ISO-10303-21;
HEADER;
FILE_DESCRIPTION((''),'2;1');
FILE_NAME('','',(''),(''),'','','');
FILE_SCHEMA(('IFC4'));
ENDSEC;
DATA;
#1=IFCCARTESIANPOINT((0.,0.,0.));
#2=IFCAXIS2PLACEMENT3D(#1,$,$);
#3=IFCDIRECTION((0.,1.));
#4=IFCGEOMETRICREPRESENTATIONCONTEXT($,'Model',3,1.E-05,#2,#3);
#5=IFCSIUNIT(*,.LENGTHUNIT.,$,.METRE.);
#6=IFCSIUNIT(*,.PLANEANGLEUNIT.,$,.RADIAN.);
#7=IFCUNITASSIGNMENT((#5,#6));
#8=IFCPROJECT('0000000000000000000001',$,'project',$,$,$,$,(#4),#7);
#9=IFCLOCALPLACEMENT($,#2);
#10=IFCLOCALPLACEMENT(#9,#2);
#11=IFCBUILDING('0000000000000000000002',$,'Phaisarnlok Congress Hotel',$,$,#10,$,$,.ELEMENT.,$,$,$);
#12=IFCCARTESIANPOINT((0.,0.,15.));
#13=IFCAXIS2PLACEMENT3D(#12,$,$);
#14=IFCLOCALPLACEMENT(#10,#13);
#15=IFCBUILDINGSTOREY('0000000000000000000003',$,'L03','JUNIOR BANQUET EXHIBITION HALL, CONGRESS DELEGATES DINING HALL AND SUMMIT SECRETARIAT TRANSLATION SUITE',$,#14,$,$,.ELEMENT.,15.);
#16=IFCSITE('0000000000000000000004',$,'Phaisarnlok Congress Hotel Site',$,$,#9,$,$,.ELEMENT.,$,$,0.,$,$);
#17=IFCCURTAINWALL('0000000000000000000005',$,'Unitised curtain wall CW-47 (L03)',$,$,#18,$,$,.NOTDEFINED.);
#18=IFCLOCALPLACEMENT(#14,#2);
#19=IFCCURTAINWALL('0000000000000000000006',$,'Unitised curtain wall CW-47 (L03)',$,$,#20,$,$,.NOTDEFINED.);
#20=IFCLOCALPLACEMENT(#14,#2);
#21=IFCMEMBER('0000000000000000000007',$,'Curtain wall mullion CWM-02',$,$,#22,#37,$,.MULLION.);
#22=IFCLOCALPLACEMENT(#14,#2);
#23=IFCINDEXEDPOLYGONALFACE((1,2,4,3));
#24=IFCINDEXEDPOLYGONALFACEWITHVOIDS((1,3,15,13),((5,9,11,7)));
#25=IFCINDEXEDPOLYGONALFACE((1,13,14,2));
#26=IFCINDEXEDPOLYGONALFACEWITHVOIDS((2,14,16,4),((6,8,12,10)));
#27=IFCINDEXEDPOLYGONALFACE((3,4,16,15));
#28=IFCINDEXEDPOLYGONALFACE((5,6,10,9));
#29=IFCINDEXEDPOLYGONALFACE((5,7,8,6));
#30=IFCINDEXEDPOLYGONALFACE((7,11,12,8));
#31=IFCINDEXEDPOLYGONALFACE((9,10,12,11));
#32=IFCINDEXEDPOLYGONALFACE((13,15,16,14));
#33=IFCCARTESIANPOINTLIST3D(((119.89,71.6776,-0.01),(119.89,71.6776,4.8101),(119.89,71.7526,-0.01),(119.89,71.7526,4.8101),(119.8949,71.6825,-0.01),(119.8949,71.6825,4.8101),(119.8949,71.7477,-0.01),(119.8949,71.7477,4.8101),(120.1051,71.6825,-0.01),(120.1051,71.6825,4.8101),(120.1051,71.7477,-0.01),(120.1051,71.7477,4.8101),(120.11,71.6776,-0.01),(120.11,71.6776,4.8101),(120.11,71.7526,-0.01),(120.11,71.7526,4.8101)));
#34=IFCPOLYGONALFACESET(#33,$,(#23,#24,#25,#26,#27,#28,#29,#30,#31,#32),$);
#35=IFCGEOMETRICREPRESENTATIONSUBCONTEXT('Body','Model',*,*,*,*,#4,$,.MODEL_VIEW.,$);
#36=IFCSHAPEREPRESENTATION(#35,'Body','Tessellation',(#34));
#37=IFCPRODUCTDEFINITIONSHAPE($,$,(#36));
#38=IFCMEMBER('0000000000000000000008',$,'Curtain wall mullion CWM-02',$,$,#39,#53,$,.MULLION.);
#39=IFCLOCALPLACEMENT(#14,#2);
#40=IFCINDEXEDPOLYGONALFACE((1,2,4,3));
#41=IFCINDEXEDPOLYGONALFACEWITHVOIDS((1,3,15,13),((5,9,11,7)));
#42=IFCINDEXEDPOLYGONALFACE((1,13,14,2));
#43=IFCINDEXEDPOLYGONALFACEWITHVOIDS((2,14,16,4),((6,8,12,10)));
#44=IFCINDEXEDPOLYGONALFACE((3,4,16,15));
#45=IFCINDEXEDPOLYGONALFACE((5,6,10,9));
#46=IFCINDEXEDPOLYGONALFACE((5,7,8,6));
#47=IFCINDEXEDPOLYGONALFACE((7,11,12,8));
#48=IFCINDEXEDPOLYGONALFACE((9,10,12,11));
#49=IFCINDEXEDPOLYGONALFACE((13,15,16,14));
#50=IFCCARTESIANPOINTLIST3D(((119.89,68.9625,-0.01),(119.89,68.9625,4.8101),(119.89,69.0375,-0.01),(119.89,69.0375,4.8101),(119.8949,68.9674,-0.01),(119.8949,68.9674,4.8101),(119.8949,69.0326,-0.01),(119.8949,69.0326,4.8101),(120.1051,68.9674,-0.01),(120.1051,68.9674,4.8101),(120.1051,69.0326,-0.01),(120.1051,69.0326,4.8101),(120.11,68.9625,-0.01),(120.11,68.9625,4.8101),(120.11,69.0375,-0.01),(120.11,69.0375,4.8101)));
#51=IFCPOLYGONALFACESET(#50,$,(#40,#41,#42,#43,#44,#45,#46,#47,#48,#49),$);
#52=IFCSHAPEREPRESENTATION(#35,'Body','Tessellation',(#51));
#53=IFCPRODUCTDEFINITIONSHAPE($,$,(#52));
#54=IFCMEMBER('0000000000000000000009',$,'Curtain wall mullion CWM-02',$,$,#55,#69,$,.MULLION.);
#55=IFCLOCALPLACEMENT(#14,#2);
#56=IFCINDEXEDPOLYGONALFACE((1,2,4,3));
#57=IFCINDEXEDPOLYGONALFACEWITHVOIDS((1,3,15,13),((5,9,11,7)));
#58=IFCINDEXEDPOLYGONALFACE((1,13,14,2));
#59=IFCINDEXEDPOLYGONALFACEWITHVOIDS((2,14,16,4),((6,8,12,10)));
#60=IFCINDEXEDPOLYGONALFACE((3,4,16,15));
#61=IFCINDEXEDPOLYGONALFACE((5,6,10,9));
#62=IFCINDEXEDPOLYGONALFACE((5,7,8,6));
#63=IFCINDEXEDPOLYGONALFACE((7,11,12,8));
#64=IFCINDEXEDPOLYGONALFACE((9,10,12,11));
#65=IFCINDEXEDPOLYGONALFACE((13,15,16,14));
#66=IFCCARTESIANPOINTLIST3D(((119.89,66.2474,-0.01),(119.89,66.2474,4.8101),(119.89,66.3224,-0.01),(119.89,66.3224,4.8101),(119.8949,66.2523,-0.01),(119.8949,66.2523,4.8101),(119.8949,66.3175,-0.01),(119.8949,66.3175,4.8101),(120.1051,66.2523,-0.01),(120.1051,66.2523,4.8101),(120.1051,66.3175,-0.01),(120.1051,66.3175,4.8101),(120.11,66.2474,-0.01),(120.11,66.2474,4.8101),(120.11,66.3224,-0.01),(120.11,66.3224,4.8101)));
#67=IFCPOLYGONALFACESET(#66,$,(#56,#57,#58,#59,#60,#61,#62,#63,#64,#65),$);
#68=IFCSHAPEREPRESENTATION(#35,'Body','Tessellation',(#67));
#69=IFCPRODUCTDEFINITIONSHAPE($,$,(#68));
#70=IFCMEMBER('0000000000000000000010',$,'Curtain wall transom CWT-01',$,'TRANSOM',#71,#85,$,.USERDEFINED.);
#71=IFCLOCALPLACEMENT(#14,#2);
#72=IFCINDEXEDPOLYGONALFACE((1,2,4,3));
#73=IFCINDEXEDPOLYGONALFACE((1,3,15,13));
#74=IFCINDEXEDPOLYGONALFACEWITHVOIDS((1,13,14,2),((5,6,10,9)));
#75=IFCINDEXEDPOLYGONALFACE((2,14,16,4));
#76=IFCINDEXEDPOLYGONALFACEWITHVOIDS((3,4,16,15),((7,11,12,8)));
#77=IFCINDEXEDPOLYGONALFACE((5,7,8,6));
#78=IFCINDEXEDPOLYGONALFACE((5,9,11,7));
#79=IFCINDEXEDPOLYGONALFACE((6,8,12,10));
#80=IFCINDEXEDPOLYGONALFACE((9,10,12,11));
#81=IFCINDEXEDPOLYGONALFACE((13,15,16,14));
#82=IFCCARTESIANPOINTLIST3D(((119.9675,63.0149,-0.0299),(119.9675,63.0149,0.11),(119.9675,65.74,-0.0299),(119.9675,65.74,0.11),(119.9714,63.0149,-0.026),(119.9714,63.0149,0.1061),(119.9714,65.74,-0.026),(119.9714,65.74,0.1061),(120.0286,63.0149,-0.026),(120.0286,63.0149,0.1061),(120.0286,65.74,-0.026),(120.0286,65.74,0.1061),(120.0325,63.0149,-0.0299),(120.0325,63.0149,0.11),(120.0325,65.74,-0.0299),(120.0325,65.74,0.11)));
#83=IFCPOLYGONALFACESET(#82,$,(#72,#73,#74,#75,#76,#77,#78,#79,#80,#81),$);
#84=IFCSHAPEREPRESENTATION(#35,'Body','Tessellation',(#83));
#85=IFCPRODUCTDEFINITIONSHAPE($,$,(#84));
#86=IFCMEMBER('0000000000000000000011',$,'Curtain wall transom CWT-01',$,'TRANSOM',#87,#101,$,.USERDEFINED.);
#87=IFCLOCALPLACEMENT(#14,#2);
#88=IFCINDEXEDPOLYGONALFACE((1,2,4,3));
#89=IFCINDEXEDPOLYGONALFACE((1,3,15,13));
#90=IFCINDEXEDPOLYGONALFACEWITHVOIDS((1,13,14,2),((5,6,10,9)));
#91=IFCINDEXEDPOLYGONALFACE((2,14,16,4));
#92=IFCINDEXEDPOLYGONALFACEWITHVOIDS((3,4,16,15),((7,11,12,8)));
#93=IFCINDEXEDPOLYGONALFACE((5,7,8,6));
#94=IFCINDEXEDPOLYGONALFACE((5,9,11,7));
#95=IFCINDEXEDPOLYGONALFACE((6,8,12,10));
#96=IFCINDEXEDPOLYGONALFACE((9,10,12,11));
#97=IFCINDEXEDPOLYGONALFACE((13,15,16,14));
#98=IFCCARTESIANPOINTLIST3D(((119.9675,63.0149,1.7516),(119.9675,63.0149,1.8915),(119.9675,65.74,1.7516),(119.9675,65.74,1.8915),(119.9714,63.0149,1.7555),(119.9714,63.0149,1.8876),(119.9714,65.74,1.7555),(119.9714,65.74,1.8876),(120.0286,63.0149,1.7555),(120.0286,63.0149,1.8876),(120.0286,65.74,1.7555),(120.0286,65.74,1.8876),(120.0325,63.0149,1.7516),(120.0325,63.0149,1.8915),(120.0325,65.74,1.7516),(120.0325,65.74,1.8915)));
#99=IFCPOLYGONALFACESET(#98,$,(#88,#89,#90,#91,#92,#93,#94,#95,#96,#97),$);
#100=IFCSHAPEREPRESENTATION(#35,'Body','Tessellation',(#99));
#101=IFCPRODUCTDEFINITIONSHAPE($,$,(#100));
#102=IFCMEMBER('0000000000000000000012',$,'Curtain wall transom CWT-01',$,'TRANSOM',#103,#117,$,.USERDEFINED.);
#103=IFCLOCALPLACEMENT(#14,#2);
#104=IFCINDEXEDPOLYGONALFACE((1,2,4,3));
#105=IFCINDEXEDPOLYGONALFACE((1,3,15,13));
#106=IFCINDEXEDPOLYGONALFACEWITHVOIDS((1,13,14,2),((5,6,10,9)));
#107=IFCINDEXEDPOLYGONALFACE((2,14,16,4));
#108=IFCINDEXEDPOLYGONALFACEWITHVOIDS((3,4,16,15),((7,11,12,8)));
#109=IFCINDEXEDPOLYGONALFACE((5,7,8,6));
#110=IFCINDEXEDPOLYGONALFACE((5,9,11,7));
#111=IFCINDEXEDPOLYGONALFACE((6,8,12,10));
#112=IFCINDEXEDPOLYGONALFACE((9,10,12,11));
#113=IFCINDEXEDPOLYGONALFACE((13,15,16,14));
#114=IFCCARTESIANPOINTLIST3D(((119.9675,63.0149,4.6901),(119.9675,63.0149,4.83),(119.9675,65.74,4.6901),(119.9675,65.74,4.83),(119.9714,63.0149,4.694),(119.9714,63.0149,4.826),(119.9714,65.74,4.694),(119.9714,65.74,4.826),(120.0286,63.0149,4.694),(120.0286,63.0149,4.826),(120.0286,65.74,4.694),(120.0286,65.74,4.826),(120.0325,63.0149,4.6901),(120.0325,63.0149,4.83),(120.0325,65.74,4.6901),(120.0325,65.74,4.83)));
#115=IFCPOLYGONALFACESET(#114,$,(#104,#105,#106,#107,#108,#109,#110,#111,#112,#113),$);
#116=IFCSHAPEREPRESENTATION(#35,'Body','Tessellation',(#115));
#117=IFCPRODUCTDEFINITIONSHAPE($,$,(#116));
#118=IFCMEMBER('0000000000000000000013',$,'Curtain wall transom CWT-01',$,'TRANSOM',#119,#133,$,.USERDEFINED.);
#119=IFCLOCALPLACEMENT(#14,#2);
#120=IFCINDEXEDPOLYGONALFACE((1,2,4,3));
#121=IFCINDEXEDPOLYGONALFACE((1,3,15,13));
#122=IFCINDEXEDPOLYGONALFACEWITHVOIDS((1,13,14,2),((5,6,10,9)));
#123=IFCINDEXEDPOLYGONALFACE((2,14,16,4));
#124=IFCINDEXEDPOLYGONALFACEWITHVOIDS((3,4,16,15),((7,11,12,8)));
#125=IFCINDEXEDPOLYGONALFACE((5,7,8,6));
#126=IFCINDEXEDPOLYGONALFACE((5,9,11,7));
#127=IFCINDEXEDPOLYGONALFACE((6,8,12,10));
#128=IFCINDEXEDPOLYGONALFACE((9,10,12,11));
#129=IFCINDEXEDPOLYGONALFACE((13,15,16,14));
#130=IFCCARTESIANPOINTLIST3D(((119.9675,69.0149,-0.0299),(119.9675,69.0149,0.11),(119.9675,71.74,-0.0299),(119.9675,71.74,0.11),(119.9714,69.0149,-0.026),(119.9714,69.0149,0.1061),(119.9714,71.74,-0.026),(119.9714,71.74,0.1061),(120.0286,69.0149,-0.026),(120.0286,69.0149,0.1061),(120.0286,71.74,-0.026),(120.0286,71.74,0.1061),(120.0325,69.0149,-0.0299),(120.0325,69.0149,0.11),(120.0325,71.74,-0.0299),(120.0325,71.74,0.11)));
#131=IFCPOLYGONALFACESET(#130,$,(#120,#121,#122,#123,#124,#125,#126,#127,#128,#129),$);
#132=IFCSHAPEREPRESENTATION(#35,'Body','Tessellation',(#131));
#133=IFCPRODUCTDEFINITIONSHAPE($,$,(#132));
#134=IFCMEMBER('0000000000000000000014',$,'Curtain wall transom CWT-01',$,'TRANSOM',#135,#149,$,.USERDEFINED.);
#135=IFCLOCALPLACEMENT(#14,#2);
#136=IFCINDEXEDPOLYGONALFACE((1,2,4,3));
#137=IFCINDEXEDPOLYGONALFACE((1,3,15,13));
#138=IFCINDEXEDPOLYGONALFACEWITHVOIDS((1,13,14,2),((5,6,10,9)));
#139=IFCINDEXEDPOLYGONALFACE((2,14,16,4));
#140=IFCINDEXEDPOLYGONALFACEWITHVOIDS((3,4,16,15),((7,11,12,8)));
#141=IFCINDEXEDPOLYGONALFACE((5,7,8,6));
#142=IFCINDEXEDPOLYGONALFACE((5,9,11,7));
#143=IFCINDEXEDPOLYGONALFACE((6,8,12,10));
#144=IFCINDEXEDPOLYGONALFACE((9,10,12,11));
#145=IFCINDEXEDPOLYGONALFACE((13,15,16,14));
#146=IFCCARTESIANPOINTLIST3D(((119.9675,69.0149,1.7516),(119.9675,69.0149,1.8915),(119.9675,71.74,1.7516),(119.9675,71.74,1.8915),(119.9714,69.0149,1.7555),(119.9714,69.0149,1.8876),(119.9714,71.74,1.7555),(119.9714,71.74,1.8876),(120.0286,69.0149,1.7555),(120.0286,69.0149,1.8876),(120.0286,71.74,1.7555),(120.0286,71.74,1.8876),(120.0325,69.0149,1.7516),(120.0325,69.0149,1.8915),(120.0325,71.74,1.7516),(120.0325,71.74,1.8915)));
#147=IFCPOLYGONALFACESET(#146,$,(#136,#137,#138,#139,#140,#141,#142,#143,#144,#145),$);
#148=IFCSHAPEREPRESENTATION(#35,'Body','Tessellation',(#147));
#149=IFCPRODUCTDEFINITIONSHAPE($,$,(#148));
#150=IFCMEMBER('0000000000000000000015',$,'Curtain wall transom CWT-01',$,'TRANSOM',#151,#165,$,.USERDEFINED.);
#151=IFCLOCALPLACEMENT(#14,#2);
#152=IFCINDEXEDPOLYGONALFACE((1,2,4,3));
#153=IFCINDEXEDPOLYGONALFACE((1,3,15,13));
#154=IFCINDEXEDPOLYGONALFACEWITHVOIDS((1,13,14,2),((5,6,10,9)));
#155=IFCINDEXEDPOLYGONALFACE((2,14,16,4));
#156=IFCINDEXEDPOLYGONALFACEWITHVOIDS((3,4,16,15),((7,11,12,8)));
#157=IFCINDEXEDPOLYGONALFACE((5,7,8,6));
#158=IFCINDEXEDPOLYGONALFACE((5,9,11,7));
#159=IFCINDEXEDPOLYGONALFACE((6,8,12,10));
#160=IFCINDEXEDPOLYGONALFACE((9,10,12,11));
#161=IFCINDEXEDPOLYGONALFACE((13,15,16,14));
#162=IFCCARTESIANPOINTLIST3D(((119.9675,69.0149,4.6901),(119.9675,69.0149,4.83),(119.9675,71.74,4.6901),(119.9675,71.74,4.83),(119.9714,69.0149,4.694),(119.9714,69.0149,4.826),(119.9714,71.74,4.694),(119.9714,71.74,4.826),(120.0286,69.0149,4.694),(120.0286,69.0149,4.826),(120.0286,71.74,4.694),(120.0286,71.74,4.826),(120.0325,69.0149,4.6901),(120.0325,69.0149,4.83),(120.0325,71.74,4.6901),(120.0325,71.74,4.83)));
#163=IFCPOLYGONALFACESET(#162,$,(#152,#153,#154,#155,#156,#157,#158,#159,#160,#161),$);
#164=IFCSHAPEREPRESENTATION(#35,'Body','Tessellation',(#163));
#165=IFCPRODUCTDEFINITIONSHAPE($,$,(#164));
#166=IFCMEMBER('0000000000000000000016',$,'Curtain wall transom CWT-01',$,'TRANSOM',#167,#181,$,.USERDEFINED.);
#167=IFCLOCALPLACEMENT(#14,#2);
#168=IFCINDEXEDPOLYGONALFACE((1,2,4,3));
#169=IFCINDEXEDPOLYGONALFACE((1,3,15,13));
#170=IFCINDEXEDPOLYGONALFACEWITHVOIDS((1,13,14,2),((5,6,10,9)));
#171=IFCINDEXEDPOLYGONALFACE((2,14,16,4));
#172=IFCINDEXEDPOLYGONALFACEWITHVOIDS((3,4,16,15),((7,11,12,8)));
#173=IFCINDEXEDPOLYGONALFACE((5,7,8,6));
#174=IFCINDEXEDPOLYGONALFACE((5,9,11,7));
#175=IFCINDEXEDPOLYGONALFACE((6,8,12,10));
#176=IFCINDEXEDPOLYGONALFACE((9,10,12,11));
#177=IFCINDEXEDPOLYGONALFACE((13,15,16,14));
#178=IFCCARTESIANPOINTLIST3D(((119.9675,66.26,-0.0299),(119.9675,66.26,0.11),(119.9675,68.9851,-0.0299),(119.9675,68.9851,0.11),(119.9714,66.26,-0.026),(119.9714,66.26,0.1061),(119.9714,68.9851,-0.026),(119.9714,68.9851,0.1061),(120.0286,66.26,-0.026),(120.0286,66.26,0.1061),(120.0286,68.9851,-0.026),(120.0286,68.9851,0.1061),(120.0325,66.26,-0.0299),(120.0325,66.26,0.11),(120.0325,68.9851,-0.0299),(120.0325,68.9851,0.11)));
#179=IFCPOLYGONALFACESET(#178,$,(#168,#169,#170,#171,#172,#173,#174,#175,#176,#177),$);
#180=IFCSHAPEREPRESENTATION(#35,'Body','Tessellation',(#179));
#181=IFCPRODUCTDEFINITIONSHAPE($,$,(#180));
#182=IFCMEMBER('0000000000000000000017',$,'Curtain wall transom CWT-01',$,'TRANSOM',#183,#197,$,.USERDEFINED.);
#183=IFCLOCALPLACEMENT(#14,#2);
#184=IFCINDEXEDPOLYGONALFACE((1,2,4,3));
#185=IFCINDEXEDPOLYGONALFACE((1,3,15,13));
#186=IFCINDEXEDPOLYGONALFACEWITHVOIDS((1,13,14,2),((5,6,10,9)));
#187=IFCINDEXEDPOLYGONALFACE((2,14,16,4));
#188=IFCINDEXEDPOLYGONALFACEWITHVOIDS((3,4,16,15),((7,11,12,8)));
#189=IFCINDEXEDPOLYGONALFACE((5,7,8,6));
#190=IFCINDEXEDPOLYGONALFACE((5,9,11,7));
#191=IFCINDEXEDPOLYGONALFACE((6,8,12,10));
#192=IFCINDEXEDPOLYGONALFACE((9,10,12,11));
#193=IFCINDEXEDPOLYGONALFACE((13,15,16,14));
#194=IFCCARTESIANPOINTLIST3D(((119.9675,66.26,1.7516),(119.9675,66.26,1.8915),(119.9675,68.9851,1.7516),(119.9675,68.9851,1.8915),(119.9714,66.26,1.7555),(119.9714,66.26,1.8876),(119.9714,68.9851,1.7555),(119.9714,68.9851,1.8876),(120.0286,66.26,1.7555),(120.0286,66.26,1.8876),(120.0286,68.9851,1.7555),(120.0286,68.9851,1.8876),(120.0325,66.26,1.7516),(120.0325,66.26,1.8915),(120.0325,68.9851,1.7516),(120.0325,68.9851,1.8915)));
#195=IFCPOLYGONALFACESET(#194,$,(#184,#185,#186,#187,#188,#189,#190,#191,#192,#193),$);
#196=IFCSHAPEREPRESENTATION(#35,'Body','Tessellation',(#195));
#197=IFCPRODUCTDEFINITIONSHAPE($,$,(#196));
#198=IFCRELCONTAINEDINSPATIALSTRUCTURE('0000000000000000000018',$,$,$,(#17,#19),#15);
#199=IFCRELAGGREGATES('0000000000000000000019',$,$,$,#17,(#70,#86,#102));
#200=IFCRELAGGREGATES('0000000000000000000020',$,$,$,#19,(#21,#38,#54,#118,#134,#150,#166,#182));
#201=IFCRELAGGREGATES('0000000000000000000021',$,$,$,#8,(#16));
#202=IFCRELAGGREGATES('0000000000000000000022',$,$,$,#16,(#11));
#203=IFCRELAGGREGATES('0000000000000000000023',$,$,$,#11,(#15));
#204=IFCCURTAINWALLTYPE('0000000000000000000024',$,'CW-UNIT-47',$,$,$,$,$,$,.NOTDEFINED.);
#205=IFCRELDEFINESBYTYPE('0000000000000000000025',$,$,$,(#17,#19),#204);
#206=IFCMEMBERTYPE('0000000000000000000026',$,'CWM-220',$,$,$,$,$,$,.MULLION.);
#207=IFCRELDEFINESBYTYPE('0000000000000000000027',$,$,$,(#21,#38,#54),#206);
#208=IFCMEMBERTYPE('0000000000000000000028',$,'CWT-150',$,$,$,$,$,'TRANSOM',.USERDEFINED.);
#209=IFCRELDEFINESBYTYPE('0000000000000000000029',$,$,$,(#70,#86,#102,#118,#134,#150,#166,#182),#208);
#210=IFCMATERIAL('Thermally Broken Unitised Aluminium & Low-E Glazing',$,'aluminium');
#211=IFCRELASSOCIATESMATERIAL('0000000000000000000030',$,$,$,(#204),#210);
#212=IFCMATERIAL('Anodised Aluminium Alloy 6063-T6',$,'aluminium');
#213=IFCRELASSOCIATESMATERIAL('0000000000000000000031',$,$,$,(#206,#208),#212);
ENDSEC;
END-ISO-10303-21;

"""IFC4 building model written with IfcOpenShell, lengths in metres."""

from ifc_helpers import new_model, si_unit, direction, frame, origin, origin_2d, place, context, subcontext, project, spatial, hollow_rectangle, extrude, material, material_profile, profile_set, type_object, element, aggregate, save


model = new_model("IFC4")

# Units and contexts
model_context = context("Model", 3, precision=1e-05, world=origin(), true_north=direction((0.0, 1.0)))
body_context = subcontext(model_context, "Body", "Model", "MODEL_VIEW")
ifc_project = project(units=[si_unit("LENGTHUNIT", "METRE"), si_unit("PLANEANGLEUNIT", "RADIAN")], contexts=[model_context])

# Site, building, storey
site_placement = place(None, origin())
site = spatial("IfcSite", under=ifc_project, at=site_placement, Name="Phaisarnlok Congress Hotel Site", CompositionType="ELEMENT", RefElevation=0.0)
building_placement = place(site_placement, origin())
building = spatial("IfcBuilding", under=site, at=building_placement, Name="Phaisarnlok Congress Hotel", CompositionType="ELEMENT")
storey_placement = place(building_placement, frame((0.0, 0.0, 15.0)))
storey = spatial("IfcBuildingStorey", under=building, at=storey_placement, Name="L03", Description="JUNIOR BANQUET EXHIBITION HALL, CONGRESS DELEGATES DINING HALL AND SUMMIT SECRETARIAT TRANSLATION SUITE", CompositionType="ELEMENT", Elevation=15.0)

# Curtain wall
ifc_material_1 = material(Name="Thermally Broken Unitised Aluminium & Low-E Glazing", Category="aluminium")
curtain_wall_type = type_object("IfcCurtainWallType", Name="CW-UNIT-47", PredefinedType="NOTDEFINED", material=ifc_material_1)
curtain_wall_1_placement = place(storey_placement, origin())
curtain_wall_1 = element("IfcCurtainWall", 1, at=curtain_wall_1_placement, inside=storey, type_object=curtain_wall_type, Name="Unitised curtain wall CW-47 (L03)", PredefinedType="NOTDEFINED")
ifc_material_2 = material(Name="Anodised Aluminium Alloy 6063-T6", Category="aluminium")
ifc_material_profile_1 = material_profile(ifc_material_2, hollow_rectangle(XDim=0.075, YDim=0.22, WallThickness=0.0049, at=origin_2d()), Name="ALU-M 75x220x5")
ifc_profile_set_1 = profile_set([ifc_material_profile_1], Name="Anodised Aluminium Alloy 6063-T6")
member_type_1 = type_object("IfcMemberType", Name="CWM-220", PredefinedType="MULLION", material=ifc_profile_set_1)

# Curtain wall, members
curtain_wall_2_placement = place(storey_placement, origin())
curtain_wall_2 = element("IfcCurtainWall", 2, at=curtain_wall_2_placement, inside=storey, type_object=curtain_wall_type, Name="Unitised curtain wall CW-47 (L03)", PredefinedType="NOTDEFINED")
member_1_placement = place(storey_placement, frame((120.0, 71.7151, -0.01), z_axis=(0.0, 0.0, 1.0), x_axis=(0.0, -1.0, 0.0)))
member_1 = element("IfcMember", 3, at=member_1_placement, type_object=member_type_1, Name="Curtain wall mullion CWM-02", PredefinedType="MULLION", context=body_context, shape_type="SweptSolid", body=[
    extrude(hollow_rectangle(XDim=0.075, YDim=0.22, WallThickness=0.0049, at=origin_2d()), origin(), (0.0, 0.0, 1.0), 4.8201),
])
member_2_placement = place(storey_placement, frame((120.0, 69.0, -0.01), z_axis=(0.0, 0.0, 1.0), x_axis=(0.0, -1.0, 0.0)))
member_2 = element("IfcMember", 4, at=member_2_placement, type_object=member_type_1, Name="Curtain wall mullion CWM-02", PredefinedType="MULLION", context=body_context, shape_type="SweptSolid", body=[
    extrude(hollow_rectangle(XDim=0.075, YDim=0.22, WallThickness=0.0049, at=origin_2d()), origin(), (0.0, 0.0, 1.0), 4.8201),
])
member_3_placement = place(storey_placement, frame((120.0, 66.2849, -0.01), z_axis=(0.0, 0.0, 1.0), x_axis=(0.0, -1.0, 0.0)))
member_3 = element("IfcMember", 5, at=member_3_placement, type_object=member_type_1, Name="Curtain wall mullion CWM-02", PredefinedType="MULLION", context=body_context, shape_type="SweptSolid", body=[
    extrude(hollow_rectangle(XDim=0.075, YDim=0.22, WallThickness=0.0049, at=origin_2d()), origin(), (0.0, 0.0, 1.0), 4.8201),
])

# Members
ifc_material_profile_2 = material_profile(ifc_material_2, hollow_rectangle(XDim=0.0649, YDim=0.1399, WallThickness=0.0039, at=origin_2d()), Name="ALU-T 65x140x4")
ifc_profile_set_2 = profile_set([ifc_material_profile_2], Name="Anodised Aluminium Alloy 6063-T6")
member_type_2 = type_object("IfcMemberType", Name="CWT-150", ElementType="TRANSOM", PredefinedType="USERDEFINED", material=ifc_profile_set_2)
member_4_placement = place(storey_placement, frame((120.0, 65.74, 0.04), z_axis=(0.0, -1.0, 0.0), x_axis=(1.0, 0.0, 0.0)))
member_4 = element("IfcMember", 6, at=member_4_placement, type_object=member_type_2, Name="Curtain wall transom CWT-01", ObjectType="TRANSOM", PredefinedType="USERDEFINED", context=body_context, shape_type="SweptSolid", body=[
    extrude(hollow_rectangle(XDim=0.0649, YDim=0.1399, WallThickness=0.0039, at=origin_2d()), origin(), (0.0, 0.0, 1.0), 2.7251),
])
member_5_placement = place(storey_placement, frame((120.0, 65.74, 1.8215), z_axis=(0.0, -1.0, 0.0), x_axis=(1.0, 0.0, 0.0)))
member_5 = element("IfcMember", 7, at=member_5_placement, type_object=member_type_2, Name="Curtain wall transom CWT-01", ObjectType="TRANSOM", PredefinedType="USERDEFINED", context=body_context, shape_type="SweptSolid", body=[
    extrude(hollow_rectangle(XDim=0.0649, YDim=0.1399, WallThickness=0.0039, at=origin_2d()), origin(), (0.0, 0.0, 1.0), 2.7251),
])
member_6_placement = place(storey_placement, frame((120.0, 65.74, 4.76), z_axis=(0.0, -1.0, 0.0), x_axis=(1.0, 0.0, 0.0)))
member_6 = element("IfcMember", 8, at=member_6_placement, type_object=member_type_2, Name="Curtain wall transom CWT-01", ObjectType="TRANSOM", PredefinedType="USERDEFINED", context=body_context, shape_type="SweptSolid", body=[
    extrude(hollow_rectangle(XDim=0.0649, YDim=0.1399, WallThickness=0.0039, at=origin_2d()), origin(), (0.0, 0.0, 1.0), 2.7251),
])
member_7_placement = place(storey_placement, frame((120.0, 71.74, 0.04), z_axis=(0.0, -1.0, 0.0), x_axis=(1.0, 0.0, 0.0)))
member_7 = element("IfcMember", 9, at=member_7_placement, type_object=member_type_2, Name="Curtain wall transom CWT-01", ObjectType="TRANSOM", PredefinedType="USERDEFINED", context=body_context, shape_type="SweptSolid", body=[
    extrude(hollow_rectangle(XDim=0.0649, YDim=0.1399, WallThickness=0.0039, at=origin_2d()), origin(), (0.0, 0.0, 1.0), 2.7251),
])
member_8_placement = place(storey_placement, frame((120.0, 71.74, 1.8215), z_axis=(0.0, -1.0, 0.0), x_axis=(1.0, 0.0, 0.0)))
member_8 = element("IfcMember", 10, at=member_8_placement, type_object=member_type_2, Name="Curtain wall transom CWT-01", ObjectType="TRANSOM", PredefinedType="USERDEFINED", context=body_context, shape_type="SweptSolid", body=[
    extrude(hollow_rectangle(XDim=0.0649, YDim=0.1399, WallThickness=0.0039, at=origin_2d()), origin(), (0.0, 0.0, 1.0), 2.7251),
])
member_9_placement = place(storey_placement, frame((120.0, 71.74, 4.76), z_axis=(0.0, -1.0, 0.0), x_axis=(1.0, 0.0, 0.0)))
member_9 = element("IfcMember", 11, at=member_9_placement, type_object=member_type_2, Name="Curtain wall transom CWT-01", ObjectType="TRANSOM", PredefinedType="USERDEFINED", context=body_context, shape_type="SweptSolid", body=[
    extrude(hollow_rectangle(XDim=0.0649, YDim=0.1399, WallThickness=0.0039, at=origin_2d()), origin(), (0.0, 0.0, 1.0), 2.7251),
])
member_10_placement = place(storey_placement, frame((120.0, 68.9851, 0.04), z_axis=(0.0, -1.0, 0.0), x_axis=(1.0, 0.0, 0.0)))
member_10 = element("IfcMember", 12, at=member_10_placement, type_object=member_type_2, Name="Curtain wall transom CWT-01", ObjectType="TRANSOM", PredefinedType="USERDEFINED", context=body_context, shape_type="SweptSolid", body=[
    extrude(hollow_rectangle(XDim=0.0649, YDim=0.1399, WallThickness=0.0039, at=origin_2d()), origin(), (0.0, 0.0, 1.0), 2.7251),
])
member_11_placement = place(storey_placement, frame((120.0, 68.9851, 1.8215), z_axis=(0.0, -1.0, 0.0), x_axis=(1.0, 0.0, 0.0)))
member_11 = element("IfcMember", 13, at=member_11_placement, type_object=member_type_2, Name="Curtain wall transom CWT-01", ObjectType="TRANSOM", PredefinedType="USERDEFINED", context=body_context, shape_type="SweptSolid", body=[
    extrude(hollow_rectangle(XDim=0.0649, YDim=0.1399, WallThickness=0.0039, at=origin_2d()), origin(), (0.0, 0.0, 1.0), 2.7251),
])

aggregate(curtain_wall_1, [member_4, member_5, member_6])
aggregate(curtain_wall_2, [member_1, member_2, member_3, member_7, member_8, member_9, member_10, member_11])

save(model, "model.ifc")
